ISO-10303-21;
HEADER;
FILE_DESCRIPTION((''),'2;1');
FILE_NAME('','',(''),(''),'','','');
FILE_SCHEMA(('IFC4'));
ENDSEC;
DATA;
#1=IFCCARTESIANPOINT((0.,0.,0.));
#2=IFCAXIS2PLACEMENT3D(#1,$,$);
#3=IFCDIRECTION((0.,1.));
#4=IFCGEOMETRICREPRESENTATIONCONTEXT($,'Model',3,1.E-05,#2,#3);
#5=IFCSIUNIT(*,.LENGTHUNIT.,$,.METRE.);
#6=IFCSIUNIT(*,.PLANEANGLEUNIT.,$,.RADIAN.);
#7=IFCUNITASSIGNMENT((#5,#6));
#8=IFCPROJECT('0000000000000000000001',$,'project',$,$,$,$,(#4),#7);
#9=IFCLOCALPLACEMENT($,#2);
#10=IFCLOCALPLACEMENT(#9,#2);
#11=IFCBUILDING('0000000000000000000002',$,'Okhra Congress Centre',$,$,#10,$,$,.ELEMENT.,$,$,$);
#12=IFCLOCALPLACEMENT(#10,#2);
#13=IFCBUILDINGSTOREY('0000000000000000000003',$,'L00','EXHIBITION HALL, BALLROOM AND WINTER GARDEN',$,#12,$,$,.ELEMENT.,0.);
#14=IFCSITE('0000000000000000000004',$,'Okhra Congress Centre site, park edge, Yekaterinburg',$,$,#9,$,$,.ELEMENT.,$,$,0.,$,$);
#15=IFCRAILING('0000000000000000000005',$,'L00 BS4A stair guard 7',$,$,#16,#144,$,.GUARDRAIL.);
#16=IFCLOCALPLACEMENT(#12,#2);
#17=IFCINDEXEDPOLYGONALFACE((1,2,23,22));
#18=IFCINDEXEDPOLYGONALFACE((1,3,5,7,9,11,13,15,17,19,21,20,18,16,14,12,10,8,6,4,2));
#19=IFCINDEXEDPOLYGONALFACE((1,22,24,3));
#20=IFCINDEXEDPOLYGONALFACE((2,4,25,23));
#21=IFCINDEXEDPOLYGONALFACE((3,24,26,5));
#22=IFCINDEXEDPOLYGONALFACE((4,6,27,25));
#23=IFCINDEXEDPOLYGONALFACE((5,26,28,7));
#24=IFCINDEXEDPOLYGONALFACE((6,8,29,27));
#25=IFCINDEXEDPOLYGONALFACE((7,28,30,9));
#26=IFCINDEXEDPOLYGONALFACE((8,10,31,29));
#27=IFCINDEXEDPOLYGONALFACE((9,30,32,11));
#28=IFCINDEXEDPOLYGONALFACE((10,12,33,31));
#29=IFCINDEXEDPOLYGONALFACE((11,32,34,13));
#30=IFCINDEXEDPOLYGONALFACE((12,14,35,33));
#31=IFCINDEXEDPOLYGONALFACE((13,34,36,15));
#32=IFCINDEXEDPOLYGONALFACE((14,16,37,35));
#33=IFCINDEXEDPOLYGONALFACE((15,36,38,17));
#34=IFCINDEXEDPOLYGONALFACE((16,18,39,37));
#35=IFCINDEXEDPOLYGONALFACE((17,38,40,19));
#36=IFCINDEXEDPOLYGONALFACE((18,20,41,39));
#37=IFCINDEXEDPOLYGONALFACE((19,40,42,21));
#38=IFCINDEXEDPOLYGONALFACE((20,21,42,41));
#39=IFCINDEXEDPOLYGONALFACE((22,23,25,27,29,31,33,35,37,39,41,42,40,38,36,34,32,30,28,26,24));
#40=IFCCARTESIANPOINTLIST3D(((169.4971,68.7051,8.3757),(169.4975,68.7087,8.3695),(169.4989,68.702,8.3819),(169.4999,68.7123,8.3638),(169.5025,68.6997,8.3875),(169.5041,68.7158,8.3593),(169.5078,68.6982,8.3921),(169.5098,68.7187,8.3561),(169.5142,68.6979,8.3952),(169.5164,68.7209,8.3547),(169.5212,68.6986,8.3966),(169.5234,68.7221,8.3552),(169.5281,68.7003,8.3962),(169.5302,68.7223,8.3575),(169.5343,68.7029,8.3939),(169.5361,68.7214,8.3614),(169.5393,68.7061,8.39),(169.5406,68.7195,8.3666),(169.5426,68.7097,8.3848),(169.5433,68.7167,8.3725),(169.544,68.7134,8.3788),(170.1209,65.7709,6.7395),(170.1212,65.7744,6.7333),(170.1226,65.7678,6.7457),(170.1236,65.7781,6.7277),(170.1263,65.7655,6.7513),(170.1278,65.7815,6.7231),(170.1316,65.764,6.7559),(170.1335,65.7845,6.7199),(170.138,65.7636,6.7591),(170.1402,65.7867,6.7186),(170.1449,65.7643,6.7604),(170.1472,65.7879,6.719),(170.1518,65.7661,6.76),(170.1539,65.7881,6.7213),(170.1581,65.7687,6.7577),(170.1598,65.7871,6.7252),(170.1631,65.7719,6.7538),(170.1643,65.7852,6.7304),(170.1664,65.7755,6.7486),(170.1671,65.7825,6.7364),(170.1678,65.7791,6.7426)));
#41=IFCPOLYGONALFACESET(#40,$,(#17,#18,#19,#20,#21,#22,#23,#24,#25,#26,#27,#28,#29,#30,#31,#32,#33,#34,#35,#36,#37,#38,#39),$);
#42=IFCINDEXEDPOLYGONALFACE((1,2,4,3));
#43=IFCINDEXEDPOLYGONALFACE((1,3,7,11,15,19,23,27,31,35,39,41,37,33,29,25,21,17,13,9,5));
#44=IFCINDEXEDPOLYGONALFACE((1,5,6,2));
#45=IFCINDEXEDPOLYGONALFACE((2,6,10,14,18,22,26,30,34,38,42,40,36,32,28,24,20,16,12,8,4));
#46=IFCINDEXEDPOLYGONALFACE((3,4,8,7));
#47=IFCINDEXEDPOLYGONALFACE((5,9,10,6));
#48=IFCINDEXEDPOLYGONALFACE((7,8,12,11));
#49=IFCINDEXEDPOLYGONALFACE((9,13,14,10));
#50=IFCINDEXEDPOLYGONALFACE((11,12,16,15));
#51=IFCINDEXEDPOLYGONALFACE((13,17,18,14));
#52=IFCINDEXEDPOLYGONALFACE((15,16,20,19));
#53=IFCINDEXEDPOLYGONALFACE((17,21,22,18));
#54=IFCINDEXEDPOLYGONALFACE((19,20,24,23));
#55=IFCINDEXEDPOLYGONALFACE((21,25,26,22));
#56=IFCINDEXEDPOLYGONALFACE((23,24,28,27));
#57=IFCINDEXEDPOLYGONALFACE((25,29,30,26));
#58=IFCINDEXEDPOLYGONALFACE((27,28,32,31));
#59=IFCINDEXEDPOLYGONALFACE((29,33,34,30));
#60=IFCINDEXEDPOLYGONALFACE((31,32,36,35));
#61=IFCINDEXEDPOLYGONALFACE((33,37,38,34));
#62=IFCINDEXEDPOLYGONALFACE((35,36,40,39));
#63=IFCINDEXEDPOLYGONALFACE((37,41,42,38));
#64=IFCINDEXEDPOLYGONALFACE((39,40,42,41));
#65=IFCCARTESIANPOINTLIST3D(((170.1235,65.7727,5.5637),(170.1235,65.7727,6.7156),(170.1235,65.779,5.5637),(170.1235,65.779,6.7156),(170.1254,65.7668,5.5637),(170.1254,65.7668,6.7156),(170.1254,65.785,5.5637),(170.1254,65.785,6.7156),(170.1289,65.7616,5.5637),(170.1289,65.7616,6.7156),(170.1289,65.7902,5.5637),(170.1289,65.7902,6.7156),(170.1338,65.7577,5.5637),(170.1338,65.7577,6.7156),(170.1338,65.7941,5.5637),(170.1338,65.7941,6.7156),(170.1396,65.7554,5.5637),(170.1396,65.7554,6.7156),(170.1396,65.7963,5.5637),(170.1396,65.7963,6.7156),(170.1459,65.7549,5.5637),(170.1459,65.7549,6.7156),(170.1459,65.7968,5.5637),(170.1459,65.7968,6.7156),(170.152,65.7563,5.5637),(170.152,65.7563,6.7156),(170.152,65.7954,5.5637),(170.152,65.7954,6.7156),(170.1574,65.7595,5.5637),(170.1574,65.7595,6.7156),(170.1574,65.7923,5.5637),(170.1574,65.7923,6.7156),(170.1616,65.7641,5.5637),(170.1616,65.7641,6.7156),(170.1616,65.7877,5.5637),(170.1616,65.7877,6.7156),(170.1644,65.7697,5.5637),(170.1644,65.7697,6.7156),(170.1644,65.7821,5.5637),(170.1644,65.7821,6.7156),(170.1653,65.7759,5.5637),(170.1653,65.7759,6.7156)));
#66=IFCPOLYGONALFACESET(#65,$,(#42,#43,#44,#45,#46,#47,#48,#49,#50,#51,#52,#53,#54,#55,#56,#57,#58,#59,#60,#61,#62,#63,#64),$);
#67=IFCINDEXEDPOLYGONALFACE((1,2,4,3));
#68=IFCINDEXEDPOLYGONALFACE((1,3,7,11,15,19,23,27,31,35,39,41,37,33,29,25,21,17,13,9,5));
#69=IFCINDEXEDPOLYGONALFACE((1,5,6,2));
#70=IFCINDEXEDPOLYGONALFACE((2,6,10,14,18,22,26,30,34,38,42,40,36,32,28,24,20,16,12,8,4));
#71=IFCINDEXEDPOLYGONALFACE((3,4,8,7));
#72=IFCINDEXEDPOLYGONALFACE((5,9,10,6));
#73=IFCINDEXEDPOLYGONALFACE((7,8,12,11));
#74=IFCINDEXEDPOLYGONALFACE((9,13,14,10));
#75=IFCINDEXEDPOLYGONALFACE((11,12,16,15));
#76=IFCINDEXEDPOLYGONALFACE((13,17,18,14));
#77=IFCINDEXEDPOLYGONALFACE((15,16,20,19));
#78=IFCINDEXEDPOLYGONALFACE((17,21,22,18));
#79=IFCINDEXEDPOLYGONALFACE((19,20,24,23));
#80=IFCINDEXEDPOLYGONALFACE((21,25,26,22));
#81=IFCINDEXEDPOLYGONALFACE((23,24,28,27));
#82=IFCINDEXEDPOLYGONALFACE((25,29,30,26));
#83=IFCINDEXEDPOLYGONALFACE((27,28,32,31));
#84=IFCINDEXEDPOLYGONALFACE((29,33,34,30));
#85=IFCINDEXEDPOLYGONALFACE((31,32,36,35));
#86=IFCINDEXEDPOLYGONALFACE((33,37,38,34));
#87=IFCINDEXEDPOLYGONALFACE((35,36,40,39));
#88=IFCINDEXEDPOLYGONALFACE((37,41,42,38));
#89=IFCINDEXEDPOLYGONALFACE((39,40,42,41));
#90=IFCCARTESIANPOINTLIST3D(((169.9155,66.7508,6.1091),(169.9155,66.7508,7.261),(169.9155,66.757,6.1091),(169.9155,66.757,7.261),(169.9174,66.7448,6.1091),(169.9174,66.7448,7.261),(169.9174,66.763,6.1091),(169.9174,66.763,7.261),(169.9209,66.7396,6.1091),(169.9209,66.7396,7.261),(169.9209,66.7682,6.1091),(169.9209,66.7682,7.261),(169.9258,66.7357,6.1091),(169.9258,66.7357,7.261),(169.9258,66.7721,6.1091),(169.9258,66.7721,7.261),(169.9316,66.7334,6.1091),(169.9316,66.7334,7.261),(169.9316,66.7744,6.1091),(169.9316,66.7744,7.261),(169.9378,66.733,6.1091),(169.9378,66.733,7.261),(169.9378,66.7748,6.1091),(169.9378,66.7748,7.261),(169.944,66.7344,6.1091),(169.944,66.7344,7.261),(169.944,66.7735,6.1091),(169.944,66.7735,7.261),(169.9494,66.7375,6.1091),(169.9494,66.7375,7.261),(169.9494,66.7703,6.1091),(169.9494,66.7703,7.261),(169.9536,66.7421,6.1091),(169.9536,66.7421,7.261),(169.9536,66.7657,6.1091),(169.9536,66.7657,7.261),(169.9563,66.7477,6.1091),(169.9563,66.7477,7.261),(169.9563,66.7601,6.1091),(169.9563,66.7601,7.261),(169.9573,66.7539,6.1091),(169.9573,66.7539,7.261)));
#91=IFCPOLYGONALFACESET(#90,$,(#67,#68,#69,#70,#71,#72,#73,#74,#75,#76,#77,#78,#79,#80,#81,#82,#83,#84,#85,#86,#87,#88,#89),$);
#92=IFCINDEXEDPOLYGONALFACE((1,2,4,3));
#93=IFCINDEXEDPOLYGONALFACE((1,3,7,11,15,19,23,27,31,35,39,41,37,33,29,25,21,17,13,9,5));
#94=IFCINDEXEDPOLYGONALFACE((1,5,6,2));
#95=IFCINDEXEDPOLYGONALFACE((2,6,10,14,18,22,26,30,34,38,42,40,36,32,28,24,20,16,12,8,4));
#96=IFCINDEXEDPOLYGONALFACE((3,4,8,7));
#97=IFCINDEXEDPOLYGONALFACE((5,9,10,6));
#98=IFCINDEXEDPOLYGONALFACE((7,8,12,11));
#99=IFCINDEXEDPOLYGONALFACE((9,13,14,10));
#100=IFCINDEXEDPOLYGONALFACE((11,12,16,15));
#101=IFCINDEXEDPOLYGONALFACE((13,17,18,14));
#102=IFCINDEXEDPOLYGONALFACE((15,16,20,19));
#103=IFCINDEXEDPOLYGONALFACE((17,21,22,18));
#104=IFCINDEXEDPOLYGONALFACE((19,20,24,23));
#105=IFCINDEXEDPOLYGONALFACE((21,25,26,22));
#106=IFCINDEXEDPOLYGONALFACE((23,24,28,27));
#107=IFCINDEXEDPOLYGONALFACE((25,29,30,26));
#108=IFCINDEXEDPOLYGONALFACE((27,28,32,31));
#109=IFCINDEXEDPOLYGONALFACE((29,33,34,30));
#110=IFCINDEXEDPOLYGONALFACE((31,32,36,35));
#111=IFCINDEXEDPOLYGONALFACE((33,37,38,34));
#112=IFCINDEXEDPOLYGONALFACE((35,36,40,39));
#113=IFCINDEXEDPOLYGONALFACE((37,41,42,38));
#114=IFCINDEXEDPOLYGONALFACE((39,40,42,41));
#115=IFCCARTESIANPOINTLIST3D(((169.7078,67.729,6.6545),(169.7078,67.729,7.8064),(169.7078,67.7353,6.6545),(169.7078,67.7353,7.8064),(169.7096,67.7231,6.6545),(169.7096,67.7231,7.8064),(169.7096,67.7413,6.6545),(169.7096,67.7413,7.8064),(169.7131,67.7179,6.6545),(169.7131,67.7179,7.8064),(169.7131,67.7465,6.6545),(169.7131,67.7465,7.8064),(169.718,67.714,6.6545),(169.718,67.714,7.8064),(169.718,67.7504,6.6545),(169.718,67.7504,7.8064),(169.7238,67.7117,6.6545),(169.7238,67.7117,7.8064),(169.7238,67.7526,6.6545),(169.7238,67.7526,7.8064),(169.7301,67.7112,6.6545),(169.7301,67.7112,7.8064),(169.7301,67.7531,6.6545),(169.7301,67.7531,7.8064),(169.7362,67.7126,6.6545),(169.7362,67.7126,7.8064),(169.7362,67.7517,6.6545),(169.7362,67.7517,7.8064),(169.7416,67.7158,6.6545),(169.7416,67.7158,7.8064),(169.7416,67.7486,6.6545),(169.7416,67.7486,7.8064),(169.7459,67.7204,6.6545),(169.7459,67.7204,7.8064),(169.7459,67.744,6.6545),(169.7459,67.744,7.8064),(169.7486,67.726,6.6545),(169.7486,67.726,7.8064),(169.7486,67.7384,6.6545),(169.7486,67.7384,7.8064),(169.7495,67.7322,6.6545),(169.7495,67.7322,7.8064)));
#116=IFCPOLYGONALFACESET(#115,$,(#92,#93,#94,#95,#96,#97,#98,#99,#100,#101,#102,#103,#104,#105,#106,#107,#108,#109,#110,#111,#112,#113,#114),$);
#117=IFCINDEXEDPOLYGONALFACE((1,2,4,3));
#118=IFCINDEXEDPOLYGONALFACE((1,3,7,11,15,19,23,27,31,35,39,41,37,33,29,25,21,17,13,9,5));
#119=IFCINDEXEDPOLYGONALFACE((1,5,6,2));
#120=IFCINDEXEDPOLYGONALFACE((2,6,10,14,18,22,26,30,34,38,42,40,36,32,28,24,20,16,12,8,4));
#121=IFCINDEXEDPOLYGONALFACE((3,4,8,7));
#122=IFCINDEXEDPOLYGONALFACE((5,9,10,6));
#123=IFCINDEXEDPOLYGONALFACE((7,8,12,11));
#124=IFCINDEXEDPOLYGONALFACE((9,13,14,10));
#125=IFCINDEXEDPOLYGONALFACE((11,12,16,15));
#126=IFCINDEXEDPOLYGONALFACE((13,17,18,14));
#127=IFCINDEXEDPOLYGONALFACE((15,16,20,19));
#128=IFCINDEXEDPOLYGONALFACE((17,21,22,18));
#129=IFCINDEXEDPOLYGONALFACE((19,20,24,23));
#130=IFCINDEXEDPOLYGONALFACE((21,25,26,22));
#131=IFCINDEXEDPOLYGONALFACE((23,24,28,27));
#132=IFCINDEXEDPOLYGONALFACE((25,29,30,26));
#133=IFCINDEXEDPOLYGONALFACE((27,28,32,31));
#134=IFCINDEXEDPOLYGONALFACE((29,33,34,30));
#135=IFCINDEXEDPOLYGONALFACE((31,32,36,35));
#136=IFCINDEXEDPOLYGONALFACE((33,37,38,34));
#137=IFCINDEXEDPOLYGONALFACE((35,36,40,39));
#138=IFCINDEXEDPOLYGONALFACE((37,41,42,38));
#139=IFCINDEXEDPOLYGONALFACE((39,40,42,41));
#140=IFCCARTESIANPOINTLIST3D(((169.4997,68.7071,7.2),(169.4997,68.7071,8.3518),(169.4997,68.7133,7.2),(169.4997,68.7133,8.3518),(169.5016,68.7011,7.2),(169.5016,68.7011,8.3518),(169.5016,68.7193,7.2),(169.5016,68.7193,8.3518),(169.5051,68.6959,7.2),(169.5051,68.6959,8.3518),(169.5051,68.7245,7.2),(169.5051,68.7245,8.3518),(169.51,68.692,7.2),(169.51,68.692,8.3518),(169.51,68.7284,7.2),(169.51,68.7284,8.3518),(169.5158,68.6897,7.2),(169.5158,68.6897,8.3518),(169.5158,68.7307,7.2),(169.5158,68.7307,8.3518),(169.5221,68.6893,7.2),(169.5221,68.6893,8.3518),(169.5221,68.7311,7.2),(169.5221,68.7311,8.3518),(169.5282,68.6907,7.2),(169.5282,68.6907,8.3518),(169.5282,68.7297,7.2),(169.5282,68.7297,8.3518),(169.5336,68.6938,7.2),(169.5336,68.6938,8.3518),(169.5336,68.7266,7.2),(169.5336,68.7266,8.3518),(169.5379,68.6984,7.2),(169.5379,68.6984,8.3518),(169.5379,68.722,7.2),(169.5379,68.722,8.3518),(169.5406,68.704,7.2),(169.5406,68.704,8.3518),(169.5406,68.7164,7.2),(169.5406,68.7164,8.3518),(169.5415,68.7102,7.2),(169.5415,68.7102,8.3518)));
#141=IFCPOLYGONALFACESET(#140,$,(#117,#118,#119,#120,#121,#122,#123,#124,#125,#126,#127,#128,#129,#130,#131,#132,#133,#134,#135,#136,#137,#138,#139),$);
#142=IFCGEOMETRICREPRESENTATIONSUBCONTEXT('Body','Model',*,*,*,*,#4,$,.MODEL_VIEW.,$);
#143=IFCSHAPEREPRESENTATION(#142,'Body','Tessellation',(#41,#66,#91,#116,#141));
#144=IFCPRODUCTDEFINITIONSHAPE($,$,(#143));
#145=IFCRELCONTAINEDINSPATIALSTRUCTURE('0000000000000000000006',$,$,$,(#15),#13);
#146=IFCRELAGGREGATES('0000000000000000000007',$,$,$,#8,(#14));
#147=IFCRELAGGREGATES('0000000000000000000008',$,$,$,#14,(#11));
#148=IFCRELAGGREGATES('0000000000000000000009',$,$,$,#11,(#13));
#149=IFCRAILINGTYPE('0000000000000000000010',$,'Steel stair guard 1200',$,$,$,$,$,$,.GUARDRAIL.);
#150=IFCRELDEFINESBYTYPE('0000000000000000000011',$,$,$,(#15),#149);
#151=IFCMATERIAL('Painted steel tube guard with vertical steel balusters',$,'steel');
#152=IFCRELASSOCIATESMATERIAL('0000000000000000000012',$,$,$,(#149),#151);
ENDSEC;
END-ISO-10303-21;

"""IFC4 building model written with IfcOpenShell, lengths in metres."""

from ifc_helpers import new_model, si_unit, direction, frame, origin, origin_2d, place, context, subcontext, project, spatial, circle, extrude, material, type_object, element, save


model = new_model("IFC4")

# Units and contexts
model_context = context("Model", 3, precision=1e-05, world=origin(), true_north=direction((0.0, 1.0)))
body_context = subcontext(model_context, "Body", "Model", "MODEL_VIEW")
ifc_project = project(units=[si_unit("LENGTHUNIT", "METRE"), si_unit("PLANEANGLEUNIT", "RADIAN")], contexts=[model_context])

# Site, building, storey
site_placement = place(None, origin())
site = spatial("IfcSite", under=ifc_project, at=site_placement, Name="Okhra Congress Centre site, park edge, Yekaterinburg", CompositionType="ELEMENT", RefElevation=0.0)
building_placement = place(site_placement, origin())
building = spatial("IfcBuilding", under=site, at=building_placement, Name="Okhra Congress Centre", CompositionType="ELEMENT")
storey_placement = place(building_placement, origin())
storey = spatial("IfcBuildingStorey", under=building, at=storey_placement, Name="L00", Description="EXHIBITION HALL, BALLROOM AND WINTER GARDEN", CompositionType="ELEMENT", Elevation=0.0)

# Railing
ifc_material_1 = material(Name="Painted steel tube guard with vertical steel balusters", Category="steel")
railing_type_1 = type_object("IfcRailingType", Name="Steel stair guard 1200", PredefinedType="GUARDRAIL", material=ifc_material_1)
railing_1_placement = place(storey_placement, frame((170.1443, 65.7759, 5.5637)))
element("IfcRailing", 1, at=railing_1_placement, inside=storey, type_object=railing_type_1, Name="L00 BS4A stair guard 7", PredefinedType="GUARDRAIL", context=body_context, shape_type="SweptSolid", body=[
    extrude(circle(Radius=0.0239, at=origin_2d()), frame((0.0, 0.0, 1.1758), z_axis=(-0.182546, 0.858716, 0.478835), x_axis=(-0.978143, -0.207934, 0.0)), (0.0, 0.0, 1.0), 3.417),
    extrude(circle(Radius=0.021, at=origin_2d()), origin(), (0.0, 0.0, 1.0), 1.1519),
    extrude(circle(Radius=0.021, at=origin_2d()), frame((-0.208, 0.978, 0.5454)), (0.0, 0.0, 1.0), 1.1519),
    extrude(circle(Radius=0.021, at=origin_2d()), frame((-0.4158, 1.9563, 1.0908)), (0.0, 0.0, 1.0), 1.1519),
    extrude(circle(Radius=0.021, at=origin_2d()), frame((-0.6238, 2.9343, 1.6362)), (0.0, 0.0, 1.0), 1.1519),
])

save(model, "model.ifc")
